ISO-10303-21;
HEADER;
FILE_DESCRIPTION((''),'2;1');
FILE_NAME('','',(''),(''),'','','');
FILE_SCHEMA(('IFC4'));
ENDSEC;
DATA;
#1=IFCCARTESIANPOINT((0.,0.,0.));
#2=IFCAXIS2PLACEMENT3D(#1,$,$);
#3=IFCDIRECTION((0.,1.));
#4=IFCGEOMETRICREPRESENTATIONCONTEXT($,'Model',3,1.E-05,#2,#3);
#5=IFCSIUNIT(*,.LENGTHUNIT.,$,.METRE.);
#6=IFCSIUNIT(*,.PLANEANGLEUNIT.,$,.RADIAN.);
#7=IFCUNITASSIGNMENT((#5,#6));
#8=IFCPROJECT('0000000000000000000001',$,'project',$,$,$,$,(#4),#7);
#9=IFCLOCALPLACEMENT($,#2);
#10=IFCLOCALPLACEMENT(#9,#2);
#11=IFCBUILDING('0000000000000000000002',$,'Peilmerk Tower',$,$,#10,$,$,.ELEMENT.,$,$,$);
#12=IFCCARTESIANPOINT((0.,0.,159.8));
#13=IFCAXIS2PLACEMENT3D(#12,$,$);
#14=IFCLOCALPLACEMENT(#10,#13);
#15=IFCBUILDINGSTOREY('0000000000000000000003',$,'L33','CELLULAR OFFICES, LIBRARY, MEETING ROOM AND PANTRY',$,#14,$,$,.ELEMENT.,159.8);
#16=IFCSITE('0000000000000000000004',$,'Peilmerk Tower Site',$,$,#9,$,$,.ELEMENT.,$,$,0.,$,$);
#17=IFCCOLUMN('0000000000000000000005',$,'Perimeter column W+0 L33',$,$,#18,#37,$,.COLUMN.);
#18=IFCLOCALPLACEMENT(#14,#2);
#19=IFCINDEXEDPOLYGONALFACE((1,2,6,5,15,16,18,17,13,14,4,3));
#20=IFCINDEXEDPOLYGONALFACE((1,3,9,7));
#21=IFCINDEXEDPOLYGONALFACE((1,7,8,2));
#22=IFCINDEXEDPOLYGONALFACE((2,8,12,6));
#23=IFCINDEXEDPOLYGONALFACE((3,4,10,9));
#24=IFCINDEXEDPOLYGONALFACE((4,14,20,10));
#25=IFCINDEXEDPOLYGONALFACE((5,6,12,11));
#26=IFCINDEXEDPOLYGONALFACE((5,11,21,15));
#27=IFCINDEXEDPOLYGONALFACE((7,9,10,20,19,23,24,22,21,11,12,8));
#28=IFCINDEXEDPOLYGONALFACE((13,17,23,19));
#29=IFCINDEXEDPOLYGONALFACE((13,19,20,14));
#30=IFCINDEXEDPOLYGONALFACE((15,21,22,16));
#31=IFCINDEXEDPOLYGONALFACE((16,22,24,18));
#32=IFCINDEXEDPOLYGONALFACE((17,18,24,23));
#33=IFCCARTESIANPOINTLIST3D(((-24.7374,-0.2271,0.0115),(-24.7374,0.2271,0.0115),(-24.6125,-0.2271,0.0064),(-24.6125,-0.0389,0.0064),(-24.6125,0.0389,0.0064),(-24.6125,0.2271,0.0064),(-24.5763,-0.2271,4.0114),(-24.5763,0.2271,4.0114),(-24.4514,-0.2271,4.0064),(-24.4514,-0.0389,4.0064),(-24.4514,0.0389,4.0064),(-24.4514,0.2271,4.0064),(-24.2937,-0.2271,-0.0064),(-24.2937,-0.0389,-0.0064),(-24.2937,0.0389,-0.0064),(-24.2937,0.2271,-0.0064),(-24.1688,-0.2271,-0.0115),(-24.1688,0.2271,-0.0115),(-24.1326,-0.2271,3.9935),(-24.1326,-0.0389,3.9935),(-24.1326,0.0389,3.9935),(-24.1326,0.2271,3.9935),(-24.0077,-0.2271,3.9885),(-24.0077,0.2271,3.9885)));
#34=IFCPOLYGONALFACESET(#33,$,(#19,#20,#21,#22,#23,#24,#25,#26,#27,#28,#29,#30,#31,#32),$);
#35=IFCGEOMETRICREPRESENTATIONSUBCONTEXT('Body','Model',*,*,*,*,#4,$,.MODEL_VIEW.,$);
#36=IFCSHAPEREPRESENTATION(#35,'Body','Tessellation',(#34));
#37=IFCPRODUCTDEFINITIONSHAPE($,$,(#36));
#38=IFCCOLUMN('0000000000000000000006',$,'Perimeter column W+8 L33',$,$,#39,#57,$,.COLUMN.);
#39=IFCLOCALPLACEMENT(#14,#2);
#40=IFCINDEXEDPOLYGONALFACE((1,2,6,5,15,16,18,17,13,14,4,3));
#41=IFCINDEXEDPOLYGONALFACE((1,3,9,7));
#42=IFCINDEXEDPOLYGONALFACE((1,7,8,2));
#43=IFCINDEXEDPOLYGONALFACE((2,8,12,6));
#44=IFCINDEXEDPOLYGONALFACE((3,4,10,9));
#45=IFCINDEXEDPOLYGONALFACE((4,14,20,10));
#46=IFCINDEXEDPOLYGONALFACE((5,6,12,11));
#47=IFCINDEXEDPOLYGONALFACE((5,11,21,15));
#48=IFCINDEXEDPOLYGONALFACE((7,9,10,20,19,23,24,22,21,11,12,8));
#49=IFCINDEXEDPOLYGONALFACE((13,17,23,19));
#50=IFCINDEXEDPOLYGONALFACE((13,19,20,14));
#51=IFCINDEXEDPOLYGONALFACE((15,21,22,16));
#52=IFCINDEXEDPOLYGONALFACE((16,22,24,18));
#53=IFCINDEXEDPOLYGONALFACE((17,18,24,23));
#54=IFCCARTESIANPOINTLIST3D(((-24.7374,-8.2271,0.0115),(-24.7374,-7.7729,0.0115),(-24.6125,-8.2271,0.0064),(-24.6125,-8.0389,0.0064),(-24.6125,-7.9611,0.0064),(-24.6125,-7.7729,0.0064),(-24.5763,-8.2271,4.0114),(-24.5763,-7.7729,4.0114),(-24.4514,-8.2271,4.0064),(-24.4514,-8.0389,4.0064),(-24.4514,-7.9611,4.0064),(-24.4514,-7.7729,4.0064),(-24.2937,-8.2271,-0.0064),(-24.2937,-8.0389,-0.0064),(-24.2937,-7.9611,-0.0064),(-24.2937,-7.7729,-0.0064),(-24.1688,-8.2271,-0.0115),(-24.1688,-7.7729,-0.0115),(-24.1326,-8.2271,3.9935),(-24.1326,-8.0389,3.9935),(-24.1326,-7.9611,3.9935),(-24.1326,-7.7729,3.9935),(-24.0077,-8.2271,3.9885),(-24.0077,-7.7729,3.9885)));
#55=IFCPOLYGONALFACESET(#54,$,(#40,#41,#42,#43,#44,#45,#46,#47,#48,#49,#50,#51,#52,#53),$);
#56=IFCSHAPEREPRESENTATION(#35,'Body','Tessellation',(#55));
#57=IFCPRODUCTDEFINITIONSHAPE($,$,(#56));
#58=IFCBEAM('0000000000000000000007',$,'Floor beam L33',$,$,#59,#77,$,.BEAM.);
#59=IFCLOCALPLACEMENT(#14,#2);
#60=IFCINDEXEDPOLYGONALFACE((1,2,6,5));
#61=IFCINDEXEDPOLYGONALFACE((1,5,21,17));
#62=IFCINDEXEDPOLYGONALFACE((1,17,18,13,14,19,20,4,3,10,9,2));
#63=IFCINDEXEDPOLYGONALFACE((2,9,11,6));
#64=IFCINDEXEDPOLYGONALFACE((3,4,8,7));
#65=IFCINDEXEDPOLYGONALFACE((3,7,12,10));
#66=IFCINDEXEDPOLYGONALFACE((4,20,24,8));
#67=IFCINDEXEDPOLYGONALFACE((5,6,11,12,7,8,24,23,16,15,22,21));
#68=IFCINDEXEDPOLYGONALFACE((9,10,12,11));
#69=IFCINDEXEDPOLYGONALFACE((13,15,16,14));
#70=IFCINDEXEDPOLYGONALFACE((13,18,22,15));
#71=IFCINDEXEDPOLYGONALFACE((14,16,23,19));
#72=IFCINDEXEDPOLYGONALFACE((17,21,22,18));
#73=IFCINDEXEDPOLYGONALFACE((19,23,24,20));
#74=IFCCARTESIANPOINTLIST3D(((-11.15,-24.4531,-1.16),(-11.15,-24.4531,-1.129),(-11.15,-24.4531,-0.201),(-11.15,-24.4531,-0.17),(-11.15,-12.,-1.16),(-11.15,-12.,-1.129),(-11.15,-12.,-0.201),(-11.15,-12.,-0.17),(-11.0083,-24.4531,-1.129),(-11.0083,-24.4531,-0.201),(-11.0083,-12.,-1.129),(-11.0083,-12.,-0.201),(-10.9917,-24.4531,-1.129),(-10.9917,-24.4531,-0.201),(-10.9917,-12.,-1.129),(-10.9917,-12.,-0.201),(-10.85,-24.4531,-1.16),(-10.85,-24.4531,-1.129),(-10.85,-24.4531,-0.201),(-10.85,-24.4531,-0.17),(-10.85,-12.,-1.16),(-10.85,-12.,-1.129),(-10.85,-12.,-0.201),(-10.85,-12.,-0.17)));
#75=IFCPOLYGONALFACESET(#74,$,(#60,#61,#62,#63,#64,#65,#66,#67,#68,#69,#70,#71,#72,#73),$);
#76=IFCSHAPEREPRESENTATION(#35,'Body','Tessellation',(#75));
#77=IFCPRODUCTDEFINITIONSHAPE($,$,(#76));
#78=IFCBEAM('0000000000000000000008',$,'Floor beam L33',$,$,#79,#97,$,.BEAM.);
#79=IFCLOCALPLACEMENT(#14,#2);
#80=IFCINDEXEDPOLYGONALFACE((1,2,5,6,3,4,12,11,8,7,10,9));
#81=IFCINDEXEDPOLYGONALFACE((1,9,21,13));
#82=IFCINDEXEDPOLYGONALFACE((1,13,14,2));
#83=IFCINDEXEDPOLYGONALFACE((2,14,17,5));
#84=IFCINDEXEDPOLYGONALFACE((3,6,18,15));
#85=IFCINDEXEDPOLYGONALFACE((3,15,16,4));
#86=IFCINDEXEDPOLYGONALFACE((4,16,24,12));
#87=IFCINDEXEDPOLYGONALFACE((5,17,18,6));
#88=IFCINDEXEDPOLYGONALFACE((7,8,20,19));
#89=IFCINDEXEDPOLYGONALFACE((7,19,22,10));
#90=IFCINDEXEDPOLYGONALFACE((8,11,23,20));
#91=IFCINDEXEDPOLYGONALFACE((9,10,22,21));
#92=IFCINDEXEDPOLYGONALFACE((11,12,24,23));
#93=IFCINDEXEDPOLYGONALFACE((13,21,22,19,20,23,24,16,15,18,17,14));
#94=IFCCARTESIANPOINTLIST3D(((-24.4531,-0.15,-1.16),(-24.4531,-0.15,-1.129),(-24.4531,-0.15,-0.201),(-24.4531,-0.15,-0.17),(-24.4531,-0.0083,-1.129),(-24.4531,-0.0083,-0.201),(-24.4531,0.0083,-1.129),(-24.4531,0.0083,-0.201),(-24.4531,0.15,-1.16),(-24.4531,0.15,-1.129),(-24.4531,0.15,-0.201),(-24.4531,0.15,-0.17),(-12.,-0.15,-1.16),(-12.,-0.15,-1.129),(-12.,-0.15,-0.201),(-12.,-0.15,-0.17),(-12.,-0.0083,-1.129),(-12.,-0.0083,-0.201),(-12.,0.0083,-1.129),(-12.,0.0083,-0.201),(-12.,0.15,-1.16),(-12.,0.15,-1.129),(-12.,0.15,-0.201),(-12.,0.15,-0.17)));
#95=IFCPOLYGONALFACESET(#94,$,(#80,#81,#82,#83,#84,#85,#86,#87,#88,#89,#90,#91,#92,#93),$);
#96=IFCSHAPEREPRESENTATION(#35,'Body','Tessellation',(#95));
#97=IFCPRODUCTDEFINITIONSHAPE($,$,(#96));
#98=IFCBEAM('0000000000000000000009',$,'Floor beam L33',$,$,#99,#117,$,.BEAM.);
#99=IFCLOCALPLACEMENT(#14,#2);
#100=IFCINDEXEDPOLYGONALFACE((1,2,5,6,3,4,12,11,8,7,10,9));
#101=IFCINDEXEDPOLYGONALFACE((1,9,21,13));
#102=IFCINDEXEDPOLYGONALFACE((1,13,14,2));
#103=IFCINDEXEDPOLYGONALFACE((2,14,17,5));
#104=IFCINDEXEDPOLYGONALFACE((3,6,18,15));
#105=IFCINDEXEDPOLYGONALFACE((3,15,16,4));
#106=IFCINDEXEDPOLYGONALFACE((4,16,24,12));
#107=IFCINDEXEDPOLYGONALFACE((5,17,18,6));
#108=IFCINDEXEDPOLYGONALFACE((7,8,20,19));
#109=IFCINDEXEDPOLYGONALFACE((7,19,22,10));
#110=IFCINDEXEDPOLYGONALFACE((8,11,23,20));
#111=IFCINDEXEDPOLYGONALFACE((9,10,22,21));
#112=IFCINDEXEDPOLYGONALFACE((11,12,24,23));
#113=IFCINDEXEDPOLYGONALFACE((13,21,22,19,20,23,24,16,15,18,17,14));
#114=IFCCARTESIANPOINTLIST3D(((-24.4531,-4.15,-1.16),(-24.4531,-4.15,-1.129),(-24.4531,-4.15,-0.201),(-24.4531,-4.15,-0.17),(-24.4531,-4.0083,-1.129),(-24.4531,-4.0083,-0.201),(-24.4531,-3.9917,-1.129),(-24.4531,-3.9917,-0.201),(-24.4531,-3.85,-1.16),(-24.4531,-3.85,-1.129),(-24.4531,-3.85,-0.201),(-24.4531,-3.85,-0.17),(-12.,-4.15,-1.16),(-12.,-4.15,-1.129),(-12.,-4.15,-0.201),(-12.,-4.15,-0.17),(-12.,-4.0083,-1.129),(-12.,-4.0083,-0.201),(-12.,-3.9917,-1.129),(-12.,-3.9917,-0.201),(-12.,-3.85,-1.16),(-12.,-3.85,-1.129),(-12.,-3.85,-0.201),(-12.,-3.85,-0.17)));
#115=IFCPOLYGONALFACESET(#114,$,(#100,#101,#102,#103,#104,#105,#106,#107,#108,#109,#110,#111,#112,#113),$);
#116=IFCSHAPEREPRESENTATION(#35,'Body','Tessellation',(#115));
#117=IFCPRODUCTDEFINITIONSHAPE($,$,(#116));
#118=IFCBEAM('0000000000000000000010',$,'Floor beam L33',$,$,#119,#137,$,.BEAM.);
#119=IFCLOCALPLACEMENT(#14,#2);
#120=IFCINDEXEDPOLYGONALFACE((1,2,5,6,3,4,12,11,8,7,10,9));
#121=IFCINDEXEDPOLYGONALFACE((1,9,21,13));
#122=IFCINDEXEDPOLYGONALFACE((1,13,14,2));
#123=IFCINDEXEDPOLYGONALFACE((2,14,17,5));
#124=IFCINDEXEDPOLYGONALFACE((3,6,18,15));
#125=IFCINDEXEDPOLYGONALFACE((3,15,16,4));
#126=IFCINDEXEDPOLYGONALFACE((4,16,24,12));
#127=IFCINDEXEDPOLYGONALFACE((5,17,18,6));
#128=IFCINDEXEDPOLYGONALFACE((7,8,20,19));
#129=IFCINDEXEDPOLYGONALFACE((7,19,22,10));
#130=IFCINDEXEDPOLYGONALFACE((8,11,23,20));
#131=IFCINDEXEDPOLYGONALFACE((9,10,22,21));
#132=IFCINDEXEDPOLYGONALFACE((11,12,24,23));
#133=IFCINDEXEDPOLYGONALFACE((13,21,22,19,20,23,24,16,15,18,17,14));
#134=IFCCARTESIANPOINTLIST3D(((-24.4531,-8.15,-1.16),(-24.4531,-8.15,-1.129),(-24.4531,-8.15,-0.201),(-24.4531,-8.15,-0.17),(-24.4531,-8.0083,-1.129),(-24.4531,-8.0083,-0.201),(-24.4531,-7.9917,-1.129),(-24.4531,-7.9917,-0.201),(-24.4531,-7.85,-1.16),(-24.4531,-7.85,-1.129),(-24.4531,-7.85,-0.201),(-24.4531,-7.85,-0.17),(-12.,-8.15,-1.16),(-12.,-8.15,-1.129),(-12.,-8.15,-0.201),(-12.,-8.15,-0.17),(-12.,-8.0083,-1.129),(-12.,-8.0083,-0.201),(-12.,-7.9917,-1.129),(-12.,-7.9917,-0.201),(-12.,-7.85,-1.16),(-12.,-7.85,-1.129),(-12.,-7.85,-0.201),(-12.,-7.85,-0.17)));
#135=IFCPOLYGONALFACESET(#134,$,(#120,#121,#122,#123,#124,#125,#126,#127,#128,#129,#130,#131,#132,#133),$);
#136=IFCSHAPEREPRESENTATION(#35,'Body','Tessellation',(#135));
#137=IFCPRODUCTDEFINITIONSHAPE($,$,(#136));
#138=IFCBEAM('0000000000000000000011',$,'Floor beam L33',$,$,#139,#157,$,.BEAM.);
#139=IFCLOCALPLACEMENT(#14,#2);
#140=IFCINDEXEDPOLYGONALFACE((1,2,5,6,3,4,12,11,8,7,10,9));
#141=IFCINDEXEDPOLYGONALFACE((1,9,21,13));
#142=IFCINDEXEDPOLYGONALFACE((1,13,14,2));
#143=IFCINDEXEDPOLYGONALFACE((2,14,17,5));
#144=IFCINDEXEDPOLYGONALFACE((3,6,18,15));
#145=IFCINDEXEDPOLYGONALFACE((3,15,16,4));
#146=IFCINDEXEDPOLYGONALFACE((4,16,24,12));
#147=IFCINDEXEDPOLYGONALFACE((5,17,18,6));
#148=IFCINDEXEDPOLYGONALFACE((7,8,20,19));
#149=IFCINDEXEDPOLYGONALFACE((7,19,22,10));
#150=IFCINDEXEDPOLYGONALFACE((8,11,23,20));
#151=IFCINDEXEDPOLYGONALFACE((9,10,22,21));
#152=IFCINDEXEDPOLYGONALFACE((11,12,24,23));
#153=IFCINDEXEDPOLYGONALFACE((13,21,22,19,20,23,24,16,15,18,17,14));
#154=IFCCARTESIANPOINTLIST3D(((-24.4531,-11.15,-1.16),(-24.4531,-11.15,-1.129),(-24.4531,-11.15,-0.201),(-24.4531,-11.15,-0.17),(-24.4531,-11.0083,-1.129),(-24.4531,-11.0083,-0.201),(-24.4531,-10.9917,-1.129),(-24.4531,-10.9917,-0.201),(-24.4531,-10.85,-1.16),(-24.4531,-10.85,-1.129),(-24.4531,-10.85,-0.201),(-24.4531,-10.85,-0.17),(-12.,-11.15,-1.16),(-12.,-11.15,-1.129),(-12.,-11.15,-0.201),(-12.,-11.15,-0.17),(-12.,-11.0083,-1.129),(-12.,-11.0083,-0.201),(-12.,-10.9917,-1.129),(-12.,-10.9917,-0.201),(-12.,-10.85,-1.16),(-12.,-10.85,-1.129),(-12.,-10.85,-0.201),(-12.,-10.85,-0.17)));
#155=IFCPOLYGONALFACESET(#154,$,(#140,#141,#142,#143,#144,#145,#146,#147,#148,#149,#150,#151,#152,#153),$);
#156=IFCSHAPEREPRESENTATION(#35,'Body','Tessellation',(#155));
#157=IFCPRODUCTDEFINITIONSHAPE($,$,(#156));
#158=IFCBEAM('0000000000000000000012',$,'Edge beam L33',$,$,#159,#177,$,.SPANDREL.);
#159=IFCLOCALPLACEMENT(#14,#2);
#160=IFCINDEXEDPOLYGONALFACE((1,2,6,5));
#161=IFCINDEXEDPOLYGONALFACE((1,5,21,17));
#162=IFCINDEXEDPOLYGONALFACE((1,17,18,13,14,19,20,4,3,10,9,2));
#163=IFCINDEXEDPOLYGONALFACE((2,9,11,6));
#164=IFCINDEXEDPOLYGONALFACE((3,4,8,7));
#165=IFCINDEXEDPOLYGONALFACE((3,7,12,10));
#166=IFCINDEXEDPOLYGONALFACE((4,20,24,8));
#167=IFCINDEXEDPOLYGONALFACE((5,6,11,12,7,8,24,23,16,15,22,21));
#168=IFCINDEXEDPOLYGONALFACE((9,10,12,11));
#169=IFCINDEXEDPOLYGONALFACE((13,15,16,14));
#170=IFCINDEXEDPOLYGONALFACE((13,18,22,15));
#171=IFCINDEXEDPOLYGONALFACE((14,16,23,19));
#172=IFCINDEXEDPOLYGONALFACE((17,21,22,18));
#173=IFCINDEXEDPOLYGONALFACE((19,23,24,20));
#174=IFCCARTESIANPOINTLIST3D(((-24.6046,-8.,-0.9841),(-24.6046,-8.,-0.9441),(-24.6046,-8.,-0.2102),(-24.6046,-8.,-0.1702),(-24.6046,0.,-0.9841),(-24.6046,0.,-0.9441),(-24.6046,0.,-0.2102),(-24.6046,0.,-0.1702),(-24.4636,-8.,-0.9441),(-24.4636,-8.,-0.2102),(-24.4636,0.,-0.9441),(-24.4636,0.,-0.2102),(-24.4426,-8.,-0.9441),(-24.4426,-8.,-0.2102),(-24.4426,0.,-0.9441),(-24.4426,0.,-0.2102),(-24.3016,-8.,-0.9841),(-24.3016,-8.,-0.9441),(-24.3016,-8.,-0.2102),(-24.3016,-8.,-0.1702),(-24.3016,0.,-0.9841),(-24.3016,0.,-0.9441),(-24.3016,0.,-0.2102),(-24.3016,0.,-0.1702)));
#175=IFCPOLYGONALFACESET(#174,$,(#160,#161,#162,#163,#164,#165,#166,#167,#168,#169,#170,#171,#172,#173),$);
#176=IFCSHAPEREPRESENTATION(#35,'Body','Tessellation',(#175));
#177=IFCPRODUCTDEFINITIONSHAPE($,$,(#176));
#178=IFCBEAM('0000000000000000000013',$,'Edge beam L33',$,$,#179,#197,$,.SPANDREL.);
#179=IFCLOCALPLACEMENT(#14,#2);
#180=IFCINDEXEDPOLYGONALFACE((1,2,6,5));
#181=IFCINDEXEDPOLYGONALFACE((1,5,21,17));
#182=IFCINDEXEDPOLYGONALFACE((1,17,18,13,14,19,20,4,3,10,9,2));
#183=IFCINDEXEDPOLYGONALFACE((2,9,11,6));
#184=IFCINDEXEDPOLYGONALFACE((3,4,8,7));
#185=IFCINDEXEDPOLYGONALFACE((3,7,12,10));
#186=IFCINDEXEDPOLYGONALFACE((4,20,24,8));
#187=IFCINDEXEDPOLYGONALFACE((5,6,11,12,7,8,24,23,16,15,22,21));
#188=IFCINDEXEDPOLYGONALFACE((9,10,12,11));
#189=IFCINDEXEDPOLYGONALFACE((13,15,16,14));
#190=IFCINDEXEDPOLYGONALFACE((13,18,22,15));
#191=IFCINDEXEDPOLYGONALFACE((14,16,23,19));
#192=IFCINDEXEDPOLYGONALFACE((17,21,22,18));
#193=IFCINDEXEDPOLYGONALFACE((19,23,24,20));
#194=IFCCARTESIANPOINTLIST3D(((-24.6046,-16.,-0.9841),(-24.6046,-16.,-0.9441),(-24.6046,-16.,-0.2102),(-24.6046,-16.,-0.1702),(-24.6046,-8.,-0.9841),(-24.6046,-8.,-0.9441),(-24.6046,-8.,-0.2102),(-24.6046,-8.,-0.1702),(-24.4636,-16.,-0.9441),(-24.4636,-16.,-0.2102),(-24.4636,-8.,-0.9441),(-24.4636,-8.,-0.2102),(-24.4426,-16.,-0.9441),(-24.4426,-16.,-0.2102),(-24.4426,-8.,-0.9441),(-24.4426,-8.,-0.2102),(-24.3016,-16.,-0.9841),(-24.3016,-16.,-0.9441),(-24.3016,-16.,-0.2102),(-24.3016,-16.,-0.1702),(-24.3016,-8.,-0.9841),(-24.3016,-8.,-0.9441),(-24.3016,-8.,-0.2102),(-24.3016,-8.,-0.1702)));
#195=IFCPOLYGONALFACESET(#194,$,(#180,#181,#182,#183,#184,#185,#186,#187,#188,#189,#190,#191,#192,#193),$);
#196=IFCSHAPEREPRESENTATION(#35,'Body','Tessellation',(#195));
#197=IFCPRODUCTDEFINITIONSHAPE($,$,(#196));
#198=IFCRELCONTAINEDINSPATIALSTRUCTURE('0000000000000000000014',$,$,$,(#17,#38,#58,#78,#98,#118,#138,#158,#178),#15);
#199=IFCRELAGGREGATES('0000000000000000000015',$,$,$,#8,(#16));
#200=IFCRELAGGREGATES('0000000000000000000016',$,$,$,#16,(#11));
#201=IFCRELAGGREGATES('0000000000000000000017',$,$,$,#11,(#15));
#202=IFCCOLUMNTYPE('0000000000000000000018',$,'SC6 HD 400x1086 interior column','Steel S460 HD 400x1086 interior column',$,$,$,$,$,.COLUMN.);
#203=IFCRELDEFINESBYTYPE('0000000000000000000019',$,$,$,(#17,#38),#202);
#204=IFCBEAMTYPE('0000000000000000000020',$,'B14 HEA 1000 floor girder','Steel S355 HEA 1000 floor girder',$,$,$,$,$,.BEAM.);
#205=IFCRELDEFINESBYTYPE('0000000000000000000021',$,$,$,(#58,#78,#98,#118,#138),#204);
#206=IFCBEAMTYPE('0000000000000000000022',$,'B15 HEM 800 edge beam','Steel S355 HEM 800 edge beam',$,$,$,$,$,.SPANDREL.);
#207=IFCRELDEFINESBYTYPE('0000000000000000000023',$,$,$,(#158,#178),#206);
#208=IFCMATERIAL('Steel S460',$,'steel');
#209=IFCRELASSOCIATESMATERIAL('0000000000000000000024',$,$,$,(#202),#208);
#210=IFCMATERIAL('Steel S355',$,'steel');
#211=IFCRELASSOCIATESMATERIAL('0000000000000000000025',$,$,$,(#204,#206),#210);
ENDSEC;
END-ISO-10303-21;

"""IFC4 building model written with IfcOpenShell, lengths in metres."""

from ifc_helpers import new_model, si_unit, direction, frame, origin, origin_2d, place, context, subcontext, project, spatial, i_section, extrude, material, material_profile, profile_set, type_object, element, save


model = new_model("IFC4")

# Units and contexts
model_context = context("Model", 3, precision=1e-05, world=origin(), true_north=direction((0.0, 1.0)))
body_context = subcontext(model_context, "Body", "Model", "MODEL_VIEW")
ifc_project = project(units=[si_unit("LENGTHUNIT", "METRE"), si_unit("PLANEANGLEUNIT", "RADIAN")], contexts=[model_context])

# Site, building, storey
site_placement = place(None, origin())
site = spatial("IfcSite", under=ifc_project, at=site_placement, Name="Peilmerk Tower Site", CompositionType="ELEMENT", RefElevation=0.0)
building_placement = place(site_placement, origin())
building = spatial("IfcBuilding", under=site, at=building_placement, Name="Peilmerk Tower", CompositionType="ELEMENT")
storey_placement = place(building_placement, frame((0.0, 0.0, 159.8)))
storey = spatial("IfcBuildingStorey", under=building, at=storey_placement, Name="L33", Description="CELLULAR OFFICES, LIBRARY, MEETING ROOM AND PANTRY", CompositionType="ELEMENT", Elevation=159.8)

# Columns
ifc_material_1 = material(Name="Steel S460", Category="steel")
ifc_material_profile_1 = material_profile(ifc_material_1, i_section(OverallWidth=0.4541, OverallDepth=0.5691, WebThickness=0.0779, FlangeThickness=0.125, at=origin_2d()), Name="HD 400x1086")
ifc_profile_set_1 = profile_set([ifc_material_profile_1], Name="Steel S460")
column_type = type_object("IfcColumnType", Name="SC6 HD 400x1086 interior column", Description="Steel S460 HD 400x1086 interior column", PredefinedType="COLUMN", material=ifc_profile_set_1)
for number, where, z_axis, x_axis, name in (
    (1, (-24.4531, 0.0, 0.0), (0.040251, 0.0, 0.99919), (0.0, 1.0, 0.0), "Perimeter column W+0 L33"),
    (2, (-24.4531, -8.0, 0.0), (0.040251, 0.0, 0.99919), (0.0, 1.0, 0.0), "Perimeter column W+8 L33"),
):
    element("IfcColumn", number, at=place(storey_placement, frame(where, z_axis=z_axis, x_axis=x_axis)), inside=storey, type_object=column_type, Name=name, PredefinedType="COLUMN", context=body_context, shape_type="SweptSolid", body=[
        extrude(i_section(OverallWidth=0.4541, OverallDepth=0.5691, WebThickness=0.0779, FlangeThickness=0.125, at=origin_2d()), origin(), (0.0, 0.0, 1.0), 4.0032),
    ])

# Beams
ifc_material_2 = material(Name="Steel S355", Category="steel")
ifc_material_profile_2 = material_profile(ifc_material_2, i_section(OverallWidth=0.3, OverallDepth=0.99, WebThickness=0.0166, FlangeThickness=0.031, at=origin_2d()), Name="HEA 1000")
ifc_profile_set_2 = profile_set([ifc_material_profile_2], Name="Steel S355")
beam_type_1 = type_object("IfcBeamType", Name="B14 HEA 1000 floor girder", Description="Steel S355 HEA 1000 floor girder", PredefinedType="BEAM", material=ifc_profile_set_2)
for number, where, z_axis, x_axis, name in (
    (3, (-11.0, -12.0, -0.665), (0.0, -1.0, 0.0), (1.0, 0.0, 0.0), "Floor beam L33"),
    (4, (-12.0, 0.0, -0.665), (-1.0, 0.0, 0.0), (0.0, -1.0, 0.0), "Floor beam L33"),
    (5, (-12.0, -4.0, -0.665), (-1.0, 0.0, 0.0), (0.0, -1.0, 0.0), "Floor beam L33"),
    (6, (-12.0, -8.0, -0.665), (-1.0, 0.0, 0.0), (0.0, -1.0, 0.0), "Floor beam L33"),
    (7, (-12.0, -11.0, -0.665), (-1.0, 0.0, 0.0), (0.0, -1.0, 0.0), "Floor beam L33"),
):
    element("IfcBeam", number, at=place(storey_placement, frame(where, z_axis=z_axis, x_axis=x_axis)), inside=storey, type_object=beam_type_1, Name=name, PredefinedType="BEAM", context=body_context, shape_type="SweptSolid", body=[
        extrude(i_section(OverallWidth=0.3, OverallDepth=0.99, WebThickness=0.0166, FlangeThickness=0.031, at=origin_2d()), origin(), (0.0, 0.0, 1.0), 12.4531),
    ])
ifc_material_profile_3 = material_profile(ifc_material_2, i_section(OverallWidth=0.303, OverallDepth=0.814, WebThickness=0.021, FlangeThickness=0.04, at=origin_2d()), Name="HEM 800")
ifc_profile_set_3 = profile_set([ifc_material_profile_3], Name="Steel S355")
beam_type_2 = type_object("IfcBeamType", Name="B15 HEM 800 edge beam", Description="Steel S355 HEM 800 edge beam", PredefinedType="SPANDREL", material=ifc_profile_set_3)
for number, where, z_axis, x_axis, name in (
    (8, (-24.4531, 0.0, -0.5771), (0.0, -1.0, 0.0), (1.0, 0.0, 0.0), "Edge beam L33"),
    (9, (-24.4531, -8.0, -0.5771), (0.0, -1.0, 0.0), (1.0, 0.0, 0.0), "Edge beam L33"),
):
    element("IfcBeam", number, at=place(storey_placement, frame(where, z_axis=z_axis, x_axis=x_axis)), inside=storey, type_object=beam_type_2, Name=name, PredefinedType="SPANDREL", context=body_context, shape_type="SweptSolid", body=[
        extrude(i_section(OverallWidth=0.303, OverallDepth=0.814, WebThickness=0.021, FlangeThickness=0.04, at=origin_2d()), origin(), (0.0, 0.0, 1.0), 8.0),
    ])

save(model, "model.ifc")
